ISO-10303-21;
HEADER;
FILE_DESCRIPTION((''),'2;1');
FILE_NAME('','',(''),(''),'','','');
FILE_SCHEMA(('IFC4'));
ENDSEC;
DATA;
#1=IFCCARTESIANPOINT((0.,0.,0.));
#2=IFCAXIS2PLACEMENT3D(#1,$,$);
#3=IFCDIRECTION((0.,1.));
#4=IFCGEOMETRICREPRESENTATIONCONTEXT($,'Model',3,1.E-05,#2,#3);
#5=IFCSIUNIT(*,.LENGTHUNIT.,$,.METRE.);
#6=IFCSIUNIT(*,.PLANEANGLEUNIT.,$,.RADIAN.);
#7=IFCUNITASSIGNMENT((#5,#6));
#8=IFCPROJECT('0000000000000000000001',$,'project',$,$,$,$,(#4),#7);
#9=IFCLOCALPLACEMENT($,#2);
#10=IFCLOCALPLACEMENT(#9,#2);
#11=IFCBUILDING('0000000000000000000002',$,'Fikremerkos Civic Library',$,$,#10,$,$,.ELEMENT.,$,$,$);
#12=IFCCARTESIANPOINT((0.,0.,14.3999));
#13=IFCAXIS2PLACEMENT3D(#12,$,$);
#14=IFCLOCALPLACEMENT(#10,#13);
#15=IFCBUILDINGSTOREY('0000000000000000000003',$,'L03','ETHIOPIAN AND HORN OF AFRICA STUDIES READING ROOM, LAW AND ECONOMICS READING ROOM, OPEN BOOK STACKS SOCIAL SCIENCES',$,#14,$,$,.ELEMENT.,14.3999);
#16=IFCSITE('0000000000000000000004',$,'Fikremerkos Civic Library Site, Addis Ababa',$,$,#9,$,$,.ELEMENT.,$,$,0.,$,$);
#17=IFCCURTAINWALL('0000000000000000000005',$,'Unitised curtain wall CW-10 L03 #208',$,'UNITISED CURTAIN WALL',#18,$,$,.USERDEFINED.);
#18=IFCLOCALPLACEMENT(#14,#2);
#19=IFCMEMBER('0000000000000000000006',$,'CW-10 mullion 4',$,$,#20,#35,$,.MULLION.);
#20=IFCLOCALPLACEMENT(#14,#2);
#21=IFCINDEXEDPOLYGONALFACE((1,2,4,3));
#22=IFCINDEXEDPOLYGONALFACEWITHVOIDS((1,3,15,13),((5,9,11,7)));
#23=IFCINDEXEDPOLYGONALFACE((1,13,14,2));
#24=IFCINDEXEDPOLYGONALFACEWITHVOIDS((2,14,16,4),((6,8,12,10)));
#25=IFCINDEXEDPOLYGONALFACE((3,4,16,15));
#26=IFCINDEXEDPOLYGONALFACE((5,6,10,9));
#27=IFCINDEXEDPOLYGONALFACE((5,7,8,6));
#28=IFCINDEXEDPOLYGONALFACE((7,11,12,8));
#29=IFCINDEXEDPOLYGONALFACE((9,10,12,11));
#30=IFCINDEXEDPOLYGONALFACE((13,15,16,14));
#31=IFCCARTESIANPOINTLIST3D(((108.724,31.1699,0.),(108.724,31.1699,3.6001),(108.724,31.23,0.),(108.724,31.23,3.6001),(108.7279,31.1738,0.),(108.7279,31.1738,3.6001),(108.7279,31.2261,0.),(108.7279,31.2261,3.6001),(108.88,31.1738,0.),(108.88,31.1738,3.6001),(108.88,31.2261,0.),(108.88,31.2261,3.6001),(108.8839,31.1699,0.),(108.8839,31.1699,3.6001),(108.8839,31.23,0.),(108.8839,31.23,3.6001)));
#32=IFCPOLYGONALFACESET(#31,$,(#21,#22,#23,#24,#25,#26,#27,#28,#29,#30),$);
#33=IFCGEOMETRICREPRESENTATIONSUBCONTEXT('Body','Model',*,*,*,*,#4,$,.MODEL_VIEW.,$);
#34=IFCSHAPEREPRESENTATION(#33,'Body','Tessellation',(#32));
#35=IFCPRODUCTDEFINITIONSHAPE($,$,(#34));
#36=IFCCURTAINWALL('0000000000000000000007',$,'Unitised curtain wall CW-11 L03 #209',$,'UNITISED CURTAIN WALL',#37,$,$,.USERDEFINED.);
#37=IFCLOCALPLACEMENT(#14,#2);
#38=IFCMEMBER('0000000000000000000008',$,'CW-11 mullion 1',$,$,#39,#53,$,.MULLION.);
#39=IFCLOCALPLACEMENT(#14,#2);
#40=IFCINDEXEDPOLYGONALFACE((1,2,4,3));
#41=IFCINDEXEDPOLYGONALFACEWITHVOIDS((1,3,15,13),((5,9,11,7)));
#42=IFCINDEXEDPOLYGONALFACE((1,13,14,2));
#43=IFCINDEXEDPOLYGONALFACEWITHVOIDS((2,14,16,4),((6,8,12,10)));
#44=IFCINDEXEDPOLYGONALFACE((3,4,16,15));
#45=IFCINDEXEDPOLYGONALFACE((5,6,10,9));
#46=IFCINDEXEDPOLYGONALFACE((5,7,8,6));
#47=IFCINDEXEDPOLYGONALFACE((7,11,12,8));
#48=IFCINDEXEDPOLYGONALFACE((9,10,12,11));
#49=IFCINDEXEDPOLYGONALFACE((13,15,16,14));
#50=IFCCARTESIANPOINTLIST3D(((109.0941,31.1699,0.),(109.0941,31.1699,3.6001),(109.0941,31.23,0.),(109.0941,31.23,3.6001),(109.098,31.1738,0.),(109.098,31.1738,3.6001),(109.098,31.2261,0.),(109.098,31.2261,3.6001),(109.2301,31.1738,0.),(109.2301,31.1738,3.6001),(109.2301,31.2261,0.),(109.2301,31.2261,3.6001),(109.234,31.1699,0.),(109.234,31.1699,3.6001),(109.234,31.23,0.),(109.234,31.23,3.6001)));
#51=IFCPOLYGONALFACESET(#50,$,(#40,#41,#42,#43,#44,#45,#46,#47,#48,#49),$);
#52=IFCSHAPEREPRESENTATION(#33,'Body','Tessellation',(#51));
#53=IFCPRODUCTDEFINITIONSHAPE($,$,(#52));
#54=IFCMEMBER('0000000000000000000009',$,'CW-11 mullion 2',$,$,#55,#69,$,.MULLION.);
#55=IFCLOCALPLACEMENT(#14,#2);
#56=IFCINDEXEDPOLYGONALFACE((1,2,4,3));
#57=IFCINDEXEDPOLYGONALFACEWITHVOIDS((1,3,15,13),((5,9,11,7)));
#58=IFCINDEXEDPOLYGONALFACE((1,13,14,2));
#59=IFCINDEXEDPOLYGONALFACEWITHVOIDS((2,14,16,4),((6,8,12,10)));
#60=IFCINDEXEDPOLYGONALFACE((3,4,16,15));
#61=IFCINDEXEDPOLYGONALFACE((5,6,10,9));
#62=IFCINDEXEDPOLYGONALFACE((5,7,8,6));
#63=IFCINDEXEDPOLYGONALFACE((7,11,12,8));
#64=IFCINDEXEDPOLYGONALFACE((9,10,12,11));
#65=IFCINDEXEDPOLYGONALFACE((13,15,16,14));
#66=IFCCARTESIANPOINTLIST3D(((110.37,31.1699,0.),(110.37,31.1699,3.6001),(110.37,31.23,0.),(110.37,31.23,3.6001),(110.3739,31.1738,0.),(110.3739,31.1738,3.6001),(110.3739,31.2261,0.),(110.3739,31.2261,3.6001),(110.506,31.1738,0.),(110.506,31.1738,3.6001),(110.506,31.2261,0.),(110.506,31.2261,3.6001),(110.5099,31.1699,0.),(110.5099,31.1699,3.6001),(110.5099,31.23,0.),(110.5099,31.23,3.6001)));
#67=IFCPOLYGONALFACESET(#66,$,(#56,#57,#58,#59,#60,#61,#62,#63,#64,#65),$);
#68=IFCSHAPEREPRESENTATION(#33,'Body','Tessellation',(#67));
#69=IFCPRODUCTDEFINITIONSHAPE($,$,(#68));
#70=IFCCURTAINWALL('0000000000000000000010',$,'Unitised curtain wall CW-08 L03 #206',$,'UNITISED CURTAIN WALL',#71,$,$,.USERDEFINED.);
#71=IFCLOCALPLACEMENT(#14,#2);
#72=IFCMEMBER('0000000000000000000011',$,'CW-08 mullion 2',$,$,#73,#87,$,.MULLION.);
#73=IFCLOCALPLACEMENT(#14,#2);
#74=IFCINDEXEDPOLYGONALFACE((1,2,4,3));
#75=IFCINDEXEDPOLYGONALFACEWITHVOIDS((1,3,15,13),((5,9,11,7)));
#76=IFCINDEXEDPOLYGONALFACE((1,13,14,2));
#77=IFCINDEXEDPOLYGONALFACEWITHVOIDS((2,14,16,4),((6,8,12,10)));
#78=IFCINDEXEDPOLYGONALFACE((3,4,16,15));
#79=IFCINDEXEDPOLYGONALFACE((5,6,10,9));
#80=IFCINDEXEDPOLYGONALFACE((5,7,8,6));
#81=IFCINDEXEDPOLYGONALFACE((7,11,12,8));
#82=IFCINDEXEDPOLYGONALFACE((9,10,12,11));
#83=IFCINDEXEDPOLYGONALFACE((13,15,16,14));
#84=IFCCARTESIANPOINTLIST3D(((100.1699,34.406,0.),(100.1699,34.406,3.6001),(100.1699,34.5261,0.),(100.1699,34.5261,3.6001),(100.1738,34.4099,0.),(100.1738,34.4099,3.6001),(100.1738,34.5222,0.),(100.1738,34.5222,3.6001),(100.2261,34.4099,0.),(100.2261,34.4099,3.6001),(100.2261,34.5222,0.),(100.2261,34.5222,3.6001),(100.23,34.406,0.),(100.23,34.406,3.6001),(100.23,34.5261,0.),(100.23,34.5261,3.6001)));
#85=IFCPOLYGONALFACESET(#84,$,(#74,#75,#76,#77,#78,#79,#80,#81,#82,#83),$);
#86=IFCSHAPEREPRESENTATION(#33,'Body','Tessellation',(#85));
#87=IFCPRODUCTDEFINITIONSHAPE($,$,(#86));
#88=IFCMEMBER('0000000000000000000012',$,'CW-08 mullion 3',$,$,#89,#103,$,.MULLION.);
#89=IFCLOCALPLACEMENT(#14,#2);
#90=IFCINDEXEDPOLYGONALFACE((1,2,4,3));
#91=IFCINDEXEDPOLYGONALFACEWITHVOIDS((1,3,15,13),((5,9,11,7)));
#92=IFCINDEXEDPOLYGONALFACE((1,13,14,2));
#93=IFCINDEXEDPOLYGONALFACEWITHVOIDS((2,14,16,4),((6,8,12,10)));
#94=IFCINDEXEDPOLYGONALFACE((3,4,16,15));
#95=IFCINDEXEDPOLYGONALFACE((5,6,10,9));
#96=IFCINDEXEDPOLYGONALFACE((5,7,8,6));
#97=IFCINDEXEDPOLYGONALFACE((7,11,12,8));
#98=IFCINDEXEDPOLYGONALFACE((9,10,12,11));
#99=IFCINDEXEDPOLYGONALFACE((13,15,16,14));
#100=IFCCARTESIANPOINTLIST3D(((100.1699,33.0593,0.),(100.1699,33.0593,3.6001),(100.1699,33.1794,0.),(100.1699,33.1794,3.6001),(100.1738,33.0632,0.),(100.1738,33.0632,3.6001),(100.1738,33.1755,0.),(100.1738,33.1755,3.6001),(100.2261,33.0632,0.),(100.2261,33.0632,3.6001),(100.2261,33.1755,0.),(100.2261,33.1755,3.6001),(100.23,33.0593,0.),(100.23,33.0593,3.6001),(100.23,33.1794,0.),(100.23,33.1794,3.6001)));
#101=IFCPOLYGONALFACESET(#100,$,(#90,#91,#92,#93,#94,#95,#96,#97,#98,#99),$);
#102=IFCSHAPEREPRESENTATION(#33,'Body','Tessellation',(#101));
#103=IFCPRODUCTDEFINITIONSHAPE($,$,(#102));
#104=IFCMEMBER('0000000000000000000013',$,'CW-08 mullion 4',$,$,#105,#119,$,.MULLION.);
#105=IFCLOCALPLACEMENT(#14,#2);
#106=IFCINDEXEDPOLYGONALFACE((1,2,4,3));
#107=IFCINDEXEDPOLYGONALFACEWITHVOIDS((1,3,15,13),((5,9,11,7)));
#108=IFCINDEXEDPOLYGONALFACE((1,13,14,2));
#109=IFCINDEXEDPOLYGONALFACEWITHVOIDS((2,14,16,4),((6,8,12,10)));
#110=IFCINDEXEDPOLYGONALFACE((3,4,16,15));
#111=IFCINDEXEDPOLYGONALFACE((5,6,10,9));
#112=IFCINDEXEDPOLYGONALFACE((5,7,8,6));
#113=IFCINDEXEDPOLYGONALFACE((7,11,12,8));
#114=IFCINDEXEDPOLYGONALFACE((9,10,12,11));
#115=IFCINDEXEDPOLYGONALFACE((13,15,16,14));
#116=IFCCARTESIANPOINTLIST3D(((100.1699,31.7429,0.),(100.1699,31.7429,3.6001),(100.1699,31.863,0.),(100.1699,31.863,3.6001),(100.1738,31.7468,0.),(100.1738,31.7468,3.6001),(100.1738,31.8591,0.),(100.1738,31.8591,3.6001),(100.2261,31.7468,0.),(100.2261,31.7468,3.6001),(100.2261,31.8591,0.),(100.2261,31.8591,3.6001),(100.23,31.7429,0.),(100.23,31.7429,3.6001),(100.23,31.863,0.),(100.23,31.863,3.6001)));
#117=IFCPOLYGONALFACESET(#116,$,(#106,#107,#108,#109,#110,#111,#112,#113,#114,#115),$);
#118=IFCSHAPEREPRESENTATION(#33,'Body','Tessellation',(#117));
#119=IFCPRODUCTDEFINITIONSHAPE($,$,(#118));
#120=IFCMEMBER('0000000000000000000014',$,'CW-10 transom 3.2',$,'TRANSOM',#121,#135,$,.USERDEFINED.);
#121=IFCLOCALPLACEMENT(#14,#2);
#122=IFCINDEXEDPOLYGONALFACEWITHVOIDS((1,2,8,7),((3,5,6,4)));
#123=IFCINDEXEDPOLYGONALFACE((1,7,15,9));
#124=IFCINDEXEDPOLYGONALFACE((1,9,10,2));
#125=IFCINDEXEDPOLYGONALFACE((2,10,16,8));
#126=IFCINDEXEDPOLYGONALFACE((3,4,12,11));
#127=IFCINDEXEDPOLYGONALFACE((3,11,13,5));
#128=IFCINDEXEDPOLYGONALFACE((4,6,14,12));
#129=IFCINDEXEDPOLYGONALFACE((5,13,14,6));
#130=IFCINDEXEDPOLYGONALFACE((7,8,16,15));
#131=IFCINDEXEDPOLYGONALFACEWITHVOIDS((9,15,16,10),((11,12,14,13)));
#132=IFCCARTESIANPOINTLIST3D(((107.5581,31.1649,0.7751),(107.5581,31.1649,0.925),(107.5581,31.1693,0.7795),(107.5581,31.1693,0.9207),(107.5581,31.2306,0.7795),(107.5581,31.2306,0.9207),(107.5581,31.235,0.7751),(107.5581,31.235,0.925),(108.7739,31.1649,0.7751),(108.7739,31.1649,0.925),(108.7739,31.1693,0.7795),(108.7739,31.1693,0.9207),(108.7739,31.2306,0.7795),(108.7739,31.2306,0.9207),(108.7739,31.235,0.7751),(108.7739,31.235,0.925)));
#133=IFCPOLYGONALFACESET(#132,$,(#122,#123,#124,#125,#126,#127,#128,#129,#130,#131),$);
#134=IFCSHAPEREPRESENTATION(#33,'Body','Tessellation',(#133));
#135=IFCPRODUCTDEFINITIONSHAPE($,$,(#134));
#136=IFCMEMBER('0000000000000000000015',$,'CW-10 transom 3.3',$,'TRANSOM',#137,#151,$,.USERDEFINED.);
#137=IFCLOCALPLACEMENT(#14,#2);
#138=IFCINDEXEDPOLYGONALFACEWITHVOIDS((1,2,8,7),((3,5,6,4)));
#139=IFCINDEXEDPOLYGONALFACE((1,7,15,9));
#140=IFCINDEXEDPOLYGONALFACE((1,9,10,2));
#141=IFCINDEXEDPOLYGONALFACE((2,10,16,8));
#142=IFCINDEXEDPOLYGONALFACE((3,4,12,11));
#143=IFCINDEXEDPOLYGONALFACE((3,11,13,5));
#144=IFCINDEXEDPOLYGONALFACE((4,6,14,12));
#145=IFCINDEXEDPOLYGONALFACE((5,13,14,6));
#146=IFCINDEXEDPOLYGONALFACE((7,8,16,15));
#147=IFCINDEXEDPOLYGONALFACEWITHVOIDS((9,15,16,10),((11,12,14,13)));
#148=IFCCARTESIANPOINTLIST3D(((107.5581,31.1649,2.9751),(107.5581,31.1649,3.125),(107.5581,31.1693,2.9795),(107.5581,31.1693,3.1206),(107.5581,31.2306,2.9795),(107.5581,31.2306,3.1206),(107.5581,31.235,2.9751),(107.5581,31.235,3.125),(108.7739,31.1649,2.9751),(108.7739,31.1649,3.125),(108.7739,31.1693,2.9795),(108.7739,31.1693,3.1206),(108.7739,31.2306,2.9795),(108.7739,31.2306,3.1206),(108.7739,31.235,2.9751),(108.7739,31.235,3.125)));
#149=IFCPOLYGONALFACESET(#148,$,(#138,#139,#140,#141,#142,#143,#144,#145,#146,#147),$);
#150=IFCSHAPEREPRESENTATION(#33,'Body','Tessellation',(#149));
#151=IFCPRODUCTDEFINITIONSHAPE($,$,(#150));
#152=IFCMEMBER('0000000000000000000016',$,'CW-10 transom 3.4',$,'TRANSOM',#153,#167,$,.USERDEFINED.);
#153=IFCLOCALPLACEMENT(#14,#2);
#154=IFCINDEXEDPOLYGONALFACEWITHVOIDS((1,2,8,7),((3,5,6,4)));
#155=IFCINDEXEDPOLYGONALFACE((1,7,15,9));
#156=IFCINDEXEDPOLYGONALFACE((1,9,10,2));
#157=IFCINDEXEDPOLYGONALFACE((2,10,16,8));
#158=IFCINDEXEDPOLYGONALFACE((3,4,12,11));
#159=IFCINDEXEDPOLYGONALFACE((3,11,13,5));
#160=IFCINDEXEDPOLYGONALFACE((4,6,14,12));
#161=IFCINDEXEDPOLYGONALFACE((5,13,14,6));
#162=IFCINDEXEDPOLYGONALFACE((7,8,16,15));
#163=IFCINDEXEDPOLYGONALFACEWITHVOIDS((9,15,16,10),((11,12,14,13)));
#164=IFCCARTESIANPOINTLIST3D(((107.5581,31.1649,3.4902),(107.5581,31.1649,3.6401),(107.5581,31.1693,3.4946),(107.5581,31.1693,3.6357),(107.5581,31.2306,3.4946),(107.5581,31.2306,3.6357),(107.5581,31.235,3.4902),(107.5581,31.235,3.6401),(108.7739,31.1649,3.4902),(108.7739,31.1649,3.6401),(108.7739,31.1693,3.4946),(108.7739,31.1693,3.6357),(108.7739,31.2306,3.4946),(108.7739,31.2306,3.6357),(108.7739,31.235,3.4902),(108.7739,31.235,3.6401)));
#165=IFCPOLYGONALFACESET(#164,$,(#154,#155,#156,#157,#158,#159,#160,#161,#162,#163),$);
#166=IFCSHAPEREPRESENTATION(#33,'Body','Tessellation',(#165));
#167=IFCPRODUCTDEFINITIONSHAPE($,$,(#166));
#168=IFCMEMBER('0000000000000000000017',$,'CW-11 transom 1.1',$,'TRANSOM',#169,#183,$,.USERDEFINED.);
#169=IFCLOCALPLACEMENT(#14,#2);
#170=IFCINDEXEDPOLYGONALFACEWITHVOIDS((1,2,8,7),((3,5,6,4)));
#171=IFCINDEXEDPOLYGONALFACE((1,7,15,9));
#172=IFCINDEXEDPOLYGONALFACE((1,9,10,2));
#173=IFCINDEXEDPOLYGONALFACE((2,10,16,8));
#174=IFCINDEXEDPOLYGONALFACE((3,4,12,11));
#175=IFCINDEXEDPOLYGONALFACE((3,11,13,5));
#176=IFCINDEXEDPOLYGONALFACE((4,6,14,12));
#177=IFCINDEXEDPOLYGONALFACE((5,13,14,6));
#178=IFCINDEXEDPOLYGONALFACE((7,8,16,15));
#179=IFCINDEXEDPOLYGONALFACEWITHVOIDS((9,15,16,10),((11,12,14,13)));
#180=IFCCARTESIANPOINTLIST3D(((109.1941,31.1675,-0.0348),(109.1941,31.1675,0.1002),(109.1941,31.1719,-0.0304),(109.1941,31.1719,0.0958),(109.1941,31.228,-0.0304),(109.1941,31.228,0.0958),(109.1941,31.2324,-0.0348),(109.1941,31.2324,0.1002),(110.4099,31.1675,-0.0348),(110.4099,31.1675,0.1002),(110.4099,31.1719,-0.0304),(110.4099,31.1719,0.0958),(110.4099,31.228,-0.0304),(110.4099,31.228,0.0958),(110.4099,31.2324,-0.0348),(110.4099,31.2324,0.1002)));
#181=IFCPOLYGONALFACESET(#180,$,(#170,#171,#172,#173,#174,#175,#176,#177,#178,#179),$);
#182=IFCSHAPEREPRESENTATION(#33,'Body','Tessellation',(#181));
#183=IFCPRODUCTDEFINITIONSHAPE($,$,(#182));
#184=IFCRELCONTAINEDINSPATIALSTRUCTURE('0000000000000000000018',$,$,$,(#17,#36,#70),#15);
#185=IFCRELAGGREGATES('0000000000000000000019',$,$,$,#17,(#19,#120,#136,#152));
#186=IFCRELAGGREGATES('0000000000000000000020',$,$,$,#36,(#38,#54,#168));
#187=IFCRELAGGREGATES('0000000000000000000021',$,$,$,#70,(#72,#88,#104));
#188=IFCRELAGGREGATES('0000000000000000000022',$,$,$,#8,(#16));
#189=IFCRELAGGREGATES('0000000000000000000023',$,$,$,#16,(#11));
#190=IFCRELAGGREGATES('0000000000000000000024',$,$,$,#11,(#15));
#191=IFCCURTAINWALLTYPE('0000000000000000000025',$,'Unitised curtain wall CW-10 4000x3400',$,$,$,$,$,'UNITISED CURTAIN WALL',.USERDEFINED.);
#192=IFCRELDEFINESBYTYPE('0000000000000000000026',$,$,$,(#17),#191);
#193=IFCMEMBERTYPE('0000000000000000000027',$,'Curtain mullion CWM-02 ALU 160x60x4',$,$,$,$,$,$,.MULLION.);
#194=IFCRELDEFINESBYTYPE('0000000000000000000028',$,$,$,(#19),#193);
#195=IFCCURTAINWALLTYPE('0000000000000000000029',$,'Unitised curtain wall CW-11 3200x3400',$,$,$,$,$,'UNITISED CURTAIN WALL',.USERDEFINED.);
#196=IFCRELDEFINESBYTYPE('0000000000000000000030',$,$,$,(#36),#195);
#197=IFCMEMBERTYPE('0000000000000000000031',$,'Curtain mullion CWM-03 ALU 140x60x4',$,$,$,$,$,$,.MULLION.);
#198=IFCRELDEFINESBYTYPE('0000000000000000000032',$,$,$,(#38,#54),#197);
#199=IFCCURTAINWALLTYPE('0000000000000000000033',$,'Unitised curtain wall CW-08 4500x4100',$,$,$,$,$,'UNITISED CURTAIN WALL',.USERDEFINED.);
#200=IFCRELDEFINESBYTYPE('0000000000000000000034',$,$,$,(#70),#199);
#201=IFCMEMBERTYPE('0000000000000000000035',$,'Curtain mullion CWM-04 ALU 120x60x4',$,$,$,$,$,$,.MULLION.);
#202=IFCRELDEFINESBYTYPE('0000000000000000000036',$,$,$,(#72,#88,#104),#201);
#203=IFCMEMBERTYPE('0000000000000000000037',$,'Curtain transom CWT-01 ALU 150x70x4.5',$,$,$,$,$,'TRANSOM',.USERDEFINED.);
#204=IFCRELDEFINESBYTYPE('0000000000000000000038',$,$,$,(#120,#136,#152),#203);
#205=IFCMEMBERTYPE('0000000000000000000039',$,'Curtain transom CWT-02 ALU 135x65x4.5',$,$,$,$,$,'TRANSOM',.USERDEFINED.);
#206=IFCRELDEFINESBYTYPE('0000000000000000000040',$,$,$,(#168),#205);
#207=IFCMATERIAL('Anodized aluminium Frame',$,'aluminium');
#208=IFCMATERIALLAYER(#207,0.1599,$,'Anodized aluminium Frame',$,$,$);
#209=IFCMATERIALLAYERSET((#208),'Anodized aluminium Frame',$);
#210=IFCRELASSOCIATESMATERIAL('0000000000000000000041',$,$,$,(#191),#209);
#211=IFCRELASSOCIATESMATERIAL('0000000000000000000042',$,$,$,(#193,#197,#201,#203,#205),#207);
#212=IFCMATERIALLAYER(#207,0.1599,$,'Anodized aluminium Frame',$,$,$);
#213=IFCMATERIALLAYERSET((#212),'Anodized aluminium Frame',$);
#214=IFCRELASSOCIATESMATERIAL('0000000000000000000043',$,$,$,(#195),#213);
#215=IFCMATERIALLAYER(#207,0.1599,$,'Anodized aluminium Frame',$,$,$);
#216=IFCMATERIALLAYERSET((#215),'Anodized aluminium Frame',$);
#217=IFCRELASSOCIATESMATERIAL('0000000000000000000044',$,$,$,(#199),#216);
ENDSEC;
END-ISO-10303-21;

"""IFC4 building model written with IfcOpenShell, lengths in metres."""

from ifc_helpers import new_model, si_unit, direction, frame, origin, origin_2d, place, context, subcontext, project, spatial, hollow_rectangle, extrude, material, layer, layer_set, material_profile, profile_set, type_object, element, aggregate, save


model = new_model("IFC4")

# Units and contexts
model_context = context("Model", 3, precision=1e-05, world=origin(), true_north=direction((0.0, 1.0)))
body_context = subcontext(model_context, "Body", "Model", "MODEL_VIEW")
ifc_project = project(units=[si_unit("LENGTHUNIT", "METRE"), si_unit("PLANEANGLEUNIT", "RADIAN")], contexts=[model_context])

# Site, building, storey
site_placement = place(None, origin())
site = spatial("IfcSite", under=ifc_project, at=site_placement, Name="Fikremerkos Civic Library Site, Addis Ababa", CompositionType="ELEMENT", RefElevation=0.0)
building_placement = place(site_placement, origin())
building = spatial("IfcBuilding", under=site, at=building_placement, Name="Fikremerkos Civic Library", CompositionType="ELEMENT")
storey_placement = place(building_placement, frame((0.0, 0.0, 14.3999)))
storey = spatial("IfcBuildingStorey", under=building, at=storey_placement, Name="L03", Description="ETHIOPIAN AND HORN OF AFRICA STUDIES READING ROOM, LAW AND ECONOMICS READING ROOM, OPEN BOOK STACKS SOCIAL SCIENCES", CompositionType="ELEMENT", Elevation=14.3999)

# Curtain wall, member
ifc_material_1 = material(Name="Anodized aluminium Frame", Category="aluminium")
ifc_layer_1 = layer(ifc_material_1, 0.1599, Name="Anodized aluminium Frame")
ifc_layer_set_1 = layer_set([ifc_layer_1], Name="Anodized aluminium Frame")
curtain_wall_type_1 = type_object("IfcCurtainWallType", Name="Unitised curtain wall CW-10 4000x3400", ElementType="UNITISED CURTAIN WALL", PredefinedType="USERDEFINED", material=ifc_layer_set_1)
curtain_wall_1_placement = place(storey_placement, origin())
curtain_wall_1 = element("IfcCurtainWall", 1, at=curtain_wall_1_placement, inside=storey, type_object=curtain_wall_type_1, Name="Unitised curtain wall CW-10 L03 #208", ObjectType="UNITISED CURTAIN WALL", PredefinedType="USERDEFINED")
ifc_material_profile_1 = material_profile(ifc_material_1, hollow_rectangle(XDim=0.0601, YDim=0.1599, WallThickness=0.0039, at=origin_2d()), Name="ALU 160x60x4")
ifc_profile_set_1 = profile_set([ifc_material_profile_1], Name="Anodized aluminium Frame")
member_type_1 = type_object("IfcMemberType", Name="Curtain mullion CWM-02 ALU 160x60x4", PredefinedType="MULLION", material=ifc_profile_set_1)
member_1_placement = place(storey_placement, frame((108.804, 31.2, 0.0), z_axis=(0.0, 0.0, 1.0), x_axis=(0.0, 1.0, 0.0)))
member_1 = element("IfcMember", 2, at=member_1_placement, type_object=member_type_1, Name="CW-10 mullion 4", PredefinedType="MULLION", context=body_context, shape_type="SweptSolid", body=[
    extrude(hollow_rectangle(XDim=0.0601, YDim=0.1599, WallThickness=0.0039, at=origin_2d()), origin(), (0.0, 0.0, 1.0), 3.6001),
])

# Curtain walls, members
ifc_layer_2 = layer(ifc_material_1, 0.1599, Name="Anodized aluminium Frame")
ifc_layer_set_2 = layer_set([ifc_layer_2], Name="Anodized aluminium Frame")
curtain_wall_type_2 = type_object("IfcCurtainWallType", Name="Unitised curtain wall CW-11 3200x3400", ElementType="UNITISED CURTAIN WALL", PredefinedType="USERDEFINED", material=ifc_layer_set_2)
curtain_wall_2_placement = place(storey_placement, origin())
curtain_wall_2 = element("IfcCurtainWall", 3, at=curtain_wall_2_placement, inside=storey, type_object=curtain_wall_type_2, Name="Unitised curtain wall CW-11 L03 #209", ObjectType="UNITISED CURTAIN WALL", PredefinedType="USERDEFINED")
ifc_material_profile_2 = material_profile(ifc_material_1, hollow_rectangle(XDim=0.0601, YDim=0.1399, WallThickness=0.0039, at=origin_2d()), Name="ALU 140x60x4")
ifc_profile_set_2 = profile_set([ifc_material_profile_2], Name="Anodized aluminium Frame")
member_type_2 = type_object("IfcMemberType", Name="Curtain mullion CWM-03 ALU 140x60x4", PredefinedType="MULLION", material=ifc_profile_set_2)
member_2_placement = place(storey_placement, frame((109.1641, 31.2, 0.0), z_axis=(0.0, 0.0, 1.0), x_axis=(0.0, 1.0, 0.0)))
member_2 = element("IfcMember", 4, at=member_2_placement, type_object=member_type_2, Name="CW-11 mullion 1", PredefinedType="MULLION", context=body_context, shape_type="SweptSolid", body=[
    extrude(hollow_rectangle(XDim=0.0601, YDim=0.1399, WallThickness=0.0039, at=origin_2d()), origin(), (0.0, 0.0, 1.0), 3.6001),
])
member_3_placement = place(storey_placement, frame((110.4399, 31.2, 0.0), z_axis=(0.0, 0.0, 1.0), x_axis=(0.0, 1.0, 0.0)))
member_3 = element("IfcMember", 5, at=member_3_placement, type_object=member_type_2, Name="CW-11 mullion 2", PredefinedType="MULLION", context=body_context, shape_type="SweptSolid", body=[
    extrude(hollow_rectangle(XDim=0.0601, YDim=0.1399, WallThickness=0.0039, at=origin_2d()), origin(), (0.0, 0.0, 1.0), 3.6001),
])
ifc_layer_3 = layer(ifc_material_1, 0.1599, Name="Anodized aluminium Frame")
ifc_layer_set_3 = layer_set([ifc_layer_3], Name="Anodized aluminium Frame")
curtain_wall_type_3 = type_object("IfcCurtainWallType", Name="Unitised curtain wall CW-08 4500x4100", ElementType="UNITISED CURTAIN WALL", PredefinedType="USERDEFINED", material=ifc_layer_set_3)
curtain_wall_3_placement = place(storey_placement, origin())
curtain_wall_3 = element("IfcCurtainWall", 6, at=curtain_wall_3_placement, inside=storey, type_object=curtain_wall_type_3, Name="Unitised curtain wall CW-08 L03 #206", ObjectType="UNITISED CURTAIN WALL", PredefinedType="USERDEFINED")
ifc_material_profile_3 = material_profile(ifc_material_1, hollow_rectangle(XDim=0.0601, YDim=0.1201, WallThickness=0.0039, at=origin_2d()), Name="ALU 120x60x4")
ifc_profile_set_3 = profile_set([ifc_material_profile_3], Name="Anodized aluminium Frame")
member_type_3 = type_object("IfcMemberType", Name="Curtain mullion CWM-04 ALU 120x60x4", PredefinedType="MULLION", material=ifc_profile_set_3)
member_4_placement = place(storey_placement, frame((100.2, 34.4661, 0.0), z_axis=(0.0, 0.0, 1.0), x_axis=(1.0, 0.0, 0.0)))
member_4 = element("IfcMember", 7, at=member_4_placement, type_object=member_type_3, Name="CW-08 mullion 2", PredefinedType="MULLION", context=body_context, shape_type="SweptSolid", body=[
    extrude(hollow_rectangle(XDim=0.0601, YDim=0.1201, WallThickness=0.0039, at=origin_2d()), origin(), (0.0, 0.0, 1.0), 3.6001),
])
member_5_placement = place(storey_placement, frame((100.2, 33.1194, 0.0), z_axis=(0.0, 0.0, 1.0), x_axis=(1.0, 0.0, 0.0)))
member_5 = element("IfcMember", 8, at=member_5_placement, type_object=member_type_3, Name="CW-08 mullion 3", PredefinedType="MULLION", context=body_context, shape_type="SweptSolid", body=[
    extrude(hollow_rectangle(XDim=0.0601, YDim=0.1201, WallThickness=0.0039, at=origin_2d()), origin(), (0.0, 0.0, 1.0), 3.6001),
])
member_6_placement = place(storey_placement, frame((100.2, 31.803, 0.0), z_axis=(0.0, 0.0, 1.0), x_axis=(1.0, 0.0, 0.0)))
member_6 = element("IfcMember", 9, at=member_6_placement, type_object=member_type_3, Name="CW-08 mullion 4", PredefinedType="MULLION", context=body_context, shape_type="SweptSolid", body=[
    extrude(hollow_rectangle(XDim=0.0601, YDim=0.1201, WallThickness=0.0039, at=origin_2d()), origin(), (0.0, 0.0, 1.0), 3.6001),
])

# Members
ifc_material_profile_4 = material_profile(ifc_material_1, hollow_rectangle(XDim=0.0701, YDim=0.1499, WallThickness=0.0044, at=origin_2d()), Name="ALU 150x70x4.5")
ifc_profile_set_4 = profile_set([ifc_material_profile_4], Name="Anodized aluminium Frame")
member_type_4 = type_object("IfcMemberType", Name="Curtain transom CWT-01 ALU 150x70x4.5", ElementType="TRANSOM", PredefinedType="USERDEFINED", material=ifc_profile_set_4)
member_7_placement = place(storey_placement, frame((107.5581, 31.2, 0.8501), z_axis=(1.0, 0.0, 0.0), x_axis=(0.0, 1.0, 0.0)))
member_7 = element("IfcMember", 10, at=member_7_placement, type_object=member_type_4, Name="CW-10 transom 3.2", ObjectType="TRANSOM", PredefinedType="USERDEFINED", context=body_context, shape_type="SweptSolid", body=[
    extrude(hollow_rectangle(XDim=0.0701, YDim=0.1499, WallThickness=0.0044, at=origin_2d()), origin(), (0.0, 0.0, 1.0), 1.2158),
])
member_8_placement = place(storey_placement, frame((107.5581, 31.2, 3.05), z_axis=(1.0, 0.0, 0.0), x_axis=(0.0, 1.0, 0.0)))
member_8 = element("IfcMember", 11, at=member_8_placement, type_object=member_type_4, Name="CW-10 transom 3.3", ObjectType="TRANSOM", PredefinedType="USERDEFINED", context=body_context, shape_type="SweptSolid", body=[
    extrude(hollow_rectangle(XDim=0.0701, YDim=0.1499, WallThickness=0.0044, at=origin_2d()), origin(), (0.0, 0.0, 1.0), 1.2158),
])
member_9_placement = place(storey_placement, frame((107.5581, 31.2, 3.5652), z_axis=(1.0, 0.0, 0.0), x_axis=(0.0, 1.0, 0.0)))
member_9 = element("IfcMember", 12, at=member_9_placement, type_object=member_type_4, Name="CW-10 transom 3.4", ObjectType="TRANSOM", PredefinedType="USERDEFINED", context=body_context, shape_type="SweptSolid", body=[
    extrude(hollow_rectangle(XDim=0.0701, YDim=0.1499, WallThickness=0.0044, at=origin_2d()), origin(), (0.0, 0.0, 1.0), 1.2158),
])
ifc_material_profile_5 = material_profile(ifc_material_1, hollow_rectangle(XDim=0.0649, YDim=0.135, WallThickness=0.0044, at=origin_2d()), Name="ALU 135x65x4.5")
ifc_profile_set_5 = profile_set([ifc_material_profile_5], Name="Anodized aluminium Frame")
member_type_5 = type_object("IfcMemberType", Name="Curtain transom CWT-02 ALU 135x65x4.5", ElementType="TRANSOM", PredefinedType="USERDEFINED", material=ifc_profile_set_5)
member_10_placement = place(storey_placement, frame((109.1941, 31.2, 0.0327), z_axis=(1.0, 0.0, 0.0), x_axis=(0.0, 1.0, 0.0)))
member_10 = element("IfcMember", 13, at=member_10_placement, type_object=member_type_5, Name="CW-11 transom 1.1", ObjectType="TRANSOM", PredefinedType="USERDEFINED", context=body_context, shape_type="SweptSolid", body=[
    extrude(hollow_rectangle(XDim=0.0649, YDim=0.135, WallThickness=0.0044, at=origin_2d()), origin(), (0.0, 0.0, 1.0), 1.2158),
])

aggregate(curtain_wall_1, [member_1, member_7, member_8, member_9])
aggregate(curtain_wall_2, [member_2, member_3, member_10])
aggregate(curtain_wall_3, [member_4, member_5, member_6])

save(model, "model.ifc")
